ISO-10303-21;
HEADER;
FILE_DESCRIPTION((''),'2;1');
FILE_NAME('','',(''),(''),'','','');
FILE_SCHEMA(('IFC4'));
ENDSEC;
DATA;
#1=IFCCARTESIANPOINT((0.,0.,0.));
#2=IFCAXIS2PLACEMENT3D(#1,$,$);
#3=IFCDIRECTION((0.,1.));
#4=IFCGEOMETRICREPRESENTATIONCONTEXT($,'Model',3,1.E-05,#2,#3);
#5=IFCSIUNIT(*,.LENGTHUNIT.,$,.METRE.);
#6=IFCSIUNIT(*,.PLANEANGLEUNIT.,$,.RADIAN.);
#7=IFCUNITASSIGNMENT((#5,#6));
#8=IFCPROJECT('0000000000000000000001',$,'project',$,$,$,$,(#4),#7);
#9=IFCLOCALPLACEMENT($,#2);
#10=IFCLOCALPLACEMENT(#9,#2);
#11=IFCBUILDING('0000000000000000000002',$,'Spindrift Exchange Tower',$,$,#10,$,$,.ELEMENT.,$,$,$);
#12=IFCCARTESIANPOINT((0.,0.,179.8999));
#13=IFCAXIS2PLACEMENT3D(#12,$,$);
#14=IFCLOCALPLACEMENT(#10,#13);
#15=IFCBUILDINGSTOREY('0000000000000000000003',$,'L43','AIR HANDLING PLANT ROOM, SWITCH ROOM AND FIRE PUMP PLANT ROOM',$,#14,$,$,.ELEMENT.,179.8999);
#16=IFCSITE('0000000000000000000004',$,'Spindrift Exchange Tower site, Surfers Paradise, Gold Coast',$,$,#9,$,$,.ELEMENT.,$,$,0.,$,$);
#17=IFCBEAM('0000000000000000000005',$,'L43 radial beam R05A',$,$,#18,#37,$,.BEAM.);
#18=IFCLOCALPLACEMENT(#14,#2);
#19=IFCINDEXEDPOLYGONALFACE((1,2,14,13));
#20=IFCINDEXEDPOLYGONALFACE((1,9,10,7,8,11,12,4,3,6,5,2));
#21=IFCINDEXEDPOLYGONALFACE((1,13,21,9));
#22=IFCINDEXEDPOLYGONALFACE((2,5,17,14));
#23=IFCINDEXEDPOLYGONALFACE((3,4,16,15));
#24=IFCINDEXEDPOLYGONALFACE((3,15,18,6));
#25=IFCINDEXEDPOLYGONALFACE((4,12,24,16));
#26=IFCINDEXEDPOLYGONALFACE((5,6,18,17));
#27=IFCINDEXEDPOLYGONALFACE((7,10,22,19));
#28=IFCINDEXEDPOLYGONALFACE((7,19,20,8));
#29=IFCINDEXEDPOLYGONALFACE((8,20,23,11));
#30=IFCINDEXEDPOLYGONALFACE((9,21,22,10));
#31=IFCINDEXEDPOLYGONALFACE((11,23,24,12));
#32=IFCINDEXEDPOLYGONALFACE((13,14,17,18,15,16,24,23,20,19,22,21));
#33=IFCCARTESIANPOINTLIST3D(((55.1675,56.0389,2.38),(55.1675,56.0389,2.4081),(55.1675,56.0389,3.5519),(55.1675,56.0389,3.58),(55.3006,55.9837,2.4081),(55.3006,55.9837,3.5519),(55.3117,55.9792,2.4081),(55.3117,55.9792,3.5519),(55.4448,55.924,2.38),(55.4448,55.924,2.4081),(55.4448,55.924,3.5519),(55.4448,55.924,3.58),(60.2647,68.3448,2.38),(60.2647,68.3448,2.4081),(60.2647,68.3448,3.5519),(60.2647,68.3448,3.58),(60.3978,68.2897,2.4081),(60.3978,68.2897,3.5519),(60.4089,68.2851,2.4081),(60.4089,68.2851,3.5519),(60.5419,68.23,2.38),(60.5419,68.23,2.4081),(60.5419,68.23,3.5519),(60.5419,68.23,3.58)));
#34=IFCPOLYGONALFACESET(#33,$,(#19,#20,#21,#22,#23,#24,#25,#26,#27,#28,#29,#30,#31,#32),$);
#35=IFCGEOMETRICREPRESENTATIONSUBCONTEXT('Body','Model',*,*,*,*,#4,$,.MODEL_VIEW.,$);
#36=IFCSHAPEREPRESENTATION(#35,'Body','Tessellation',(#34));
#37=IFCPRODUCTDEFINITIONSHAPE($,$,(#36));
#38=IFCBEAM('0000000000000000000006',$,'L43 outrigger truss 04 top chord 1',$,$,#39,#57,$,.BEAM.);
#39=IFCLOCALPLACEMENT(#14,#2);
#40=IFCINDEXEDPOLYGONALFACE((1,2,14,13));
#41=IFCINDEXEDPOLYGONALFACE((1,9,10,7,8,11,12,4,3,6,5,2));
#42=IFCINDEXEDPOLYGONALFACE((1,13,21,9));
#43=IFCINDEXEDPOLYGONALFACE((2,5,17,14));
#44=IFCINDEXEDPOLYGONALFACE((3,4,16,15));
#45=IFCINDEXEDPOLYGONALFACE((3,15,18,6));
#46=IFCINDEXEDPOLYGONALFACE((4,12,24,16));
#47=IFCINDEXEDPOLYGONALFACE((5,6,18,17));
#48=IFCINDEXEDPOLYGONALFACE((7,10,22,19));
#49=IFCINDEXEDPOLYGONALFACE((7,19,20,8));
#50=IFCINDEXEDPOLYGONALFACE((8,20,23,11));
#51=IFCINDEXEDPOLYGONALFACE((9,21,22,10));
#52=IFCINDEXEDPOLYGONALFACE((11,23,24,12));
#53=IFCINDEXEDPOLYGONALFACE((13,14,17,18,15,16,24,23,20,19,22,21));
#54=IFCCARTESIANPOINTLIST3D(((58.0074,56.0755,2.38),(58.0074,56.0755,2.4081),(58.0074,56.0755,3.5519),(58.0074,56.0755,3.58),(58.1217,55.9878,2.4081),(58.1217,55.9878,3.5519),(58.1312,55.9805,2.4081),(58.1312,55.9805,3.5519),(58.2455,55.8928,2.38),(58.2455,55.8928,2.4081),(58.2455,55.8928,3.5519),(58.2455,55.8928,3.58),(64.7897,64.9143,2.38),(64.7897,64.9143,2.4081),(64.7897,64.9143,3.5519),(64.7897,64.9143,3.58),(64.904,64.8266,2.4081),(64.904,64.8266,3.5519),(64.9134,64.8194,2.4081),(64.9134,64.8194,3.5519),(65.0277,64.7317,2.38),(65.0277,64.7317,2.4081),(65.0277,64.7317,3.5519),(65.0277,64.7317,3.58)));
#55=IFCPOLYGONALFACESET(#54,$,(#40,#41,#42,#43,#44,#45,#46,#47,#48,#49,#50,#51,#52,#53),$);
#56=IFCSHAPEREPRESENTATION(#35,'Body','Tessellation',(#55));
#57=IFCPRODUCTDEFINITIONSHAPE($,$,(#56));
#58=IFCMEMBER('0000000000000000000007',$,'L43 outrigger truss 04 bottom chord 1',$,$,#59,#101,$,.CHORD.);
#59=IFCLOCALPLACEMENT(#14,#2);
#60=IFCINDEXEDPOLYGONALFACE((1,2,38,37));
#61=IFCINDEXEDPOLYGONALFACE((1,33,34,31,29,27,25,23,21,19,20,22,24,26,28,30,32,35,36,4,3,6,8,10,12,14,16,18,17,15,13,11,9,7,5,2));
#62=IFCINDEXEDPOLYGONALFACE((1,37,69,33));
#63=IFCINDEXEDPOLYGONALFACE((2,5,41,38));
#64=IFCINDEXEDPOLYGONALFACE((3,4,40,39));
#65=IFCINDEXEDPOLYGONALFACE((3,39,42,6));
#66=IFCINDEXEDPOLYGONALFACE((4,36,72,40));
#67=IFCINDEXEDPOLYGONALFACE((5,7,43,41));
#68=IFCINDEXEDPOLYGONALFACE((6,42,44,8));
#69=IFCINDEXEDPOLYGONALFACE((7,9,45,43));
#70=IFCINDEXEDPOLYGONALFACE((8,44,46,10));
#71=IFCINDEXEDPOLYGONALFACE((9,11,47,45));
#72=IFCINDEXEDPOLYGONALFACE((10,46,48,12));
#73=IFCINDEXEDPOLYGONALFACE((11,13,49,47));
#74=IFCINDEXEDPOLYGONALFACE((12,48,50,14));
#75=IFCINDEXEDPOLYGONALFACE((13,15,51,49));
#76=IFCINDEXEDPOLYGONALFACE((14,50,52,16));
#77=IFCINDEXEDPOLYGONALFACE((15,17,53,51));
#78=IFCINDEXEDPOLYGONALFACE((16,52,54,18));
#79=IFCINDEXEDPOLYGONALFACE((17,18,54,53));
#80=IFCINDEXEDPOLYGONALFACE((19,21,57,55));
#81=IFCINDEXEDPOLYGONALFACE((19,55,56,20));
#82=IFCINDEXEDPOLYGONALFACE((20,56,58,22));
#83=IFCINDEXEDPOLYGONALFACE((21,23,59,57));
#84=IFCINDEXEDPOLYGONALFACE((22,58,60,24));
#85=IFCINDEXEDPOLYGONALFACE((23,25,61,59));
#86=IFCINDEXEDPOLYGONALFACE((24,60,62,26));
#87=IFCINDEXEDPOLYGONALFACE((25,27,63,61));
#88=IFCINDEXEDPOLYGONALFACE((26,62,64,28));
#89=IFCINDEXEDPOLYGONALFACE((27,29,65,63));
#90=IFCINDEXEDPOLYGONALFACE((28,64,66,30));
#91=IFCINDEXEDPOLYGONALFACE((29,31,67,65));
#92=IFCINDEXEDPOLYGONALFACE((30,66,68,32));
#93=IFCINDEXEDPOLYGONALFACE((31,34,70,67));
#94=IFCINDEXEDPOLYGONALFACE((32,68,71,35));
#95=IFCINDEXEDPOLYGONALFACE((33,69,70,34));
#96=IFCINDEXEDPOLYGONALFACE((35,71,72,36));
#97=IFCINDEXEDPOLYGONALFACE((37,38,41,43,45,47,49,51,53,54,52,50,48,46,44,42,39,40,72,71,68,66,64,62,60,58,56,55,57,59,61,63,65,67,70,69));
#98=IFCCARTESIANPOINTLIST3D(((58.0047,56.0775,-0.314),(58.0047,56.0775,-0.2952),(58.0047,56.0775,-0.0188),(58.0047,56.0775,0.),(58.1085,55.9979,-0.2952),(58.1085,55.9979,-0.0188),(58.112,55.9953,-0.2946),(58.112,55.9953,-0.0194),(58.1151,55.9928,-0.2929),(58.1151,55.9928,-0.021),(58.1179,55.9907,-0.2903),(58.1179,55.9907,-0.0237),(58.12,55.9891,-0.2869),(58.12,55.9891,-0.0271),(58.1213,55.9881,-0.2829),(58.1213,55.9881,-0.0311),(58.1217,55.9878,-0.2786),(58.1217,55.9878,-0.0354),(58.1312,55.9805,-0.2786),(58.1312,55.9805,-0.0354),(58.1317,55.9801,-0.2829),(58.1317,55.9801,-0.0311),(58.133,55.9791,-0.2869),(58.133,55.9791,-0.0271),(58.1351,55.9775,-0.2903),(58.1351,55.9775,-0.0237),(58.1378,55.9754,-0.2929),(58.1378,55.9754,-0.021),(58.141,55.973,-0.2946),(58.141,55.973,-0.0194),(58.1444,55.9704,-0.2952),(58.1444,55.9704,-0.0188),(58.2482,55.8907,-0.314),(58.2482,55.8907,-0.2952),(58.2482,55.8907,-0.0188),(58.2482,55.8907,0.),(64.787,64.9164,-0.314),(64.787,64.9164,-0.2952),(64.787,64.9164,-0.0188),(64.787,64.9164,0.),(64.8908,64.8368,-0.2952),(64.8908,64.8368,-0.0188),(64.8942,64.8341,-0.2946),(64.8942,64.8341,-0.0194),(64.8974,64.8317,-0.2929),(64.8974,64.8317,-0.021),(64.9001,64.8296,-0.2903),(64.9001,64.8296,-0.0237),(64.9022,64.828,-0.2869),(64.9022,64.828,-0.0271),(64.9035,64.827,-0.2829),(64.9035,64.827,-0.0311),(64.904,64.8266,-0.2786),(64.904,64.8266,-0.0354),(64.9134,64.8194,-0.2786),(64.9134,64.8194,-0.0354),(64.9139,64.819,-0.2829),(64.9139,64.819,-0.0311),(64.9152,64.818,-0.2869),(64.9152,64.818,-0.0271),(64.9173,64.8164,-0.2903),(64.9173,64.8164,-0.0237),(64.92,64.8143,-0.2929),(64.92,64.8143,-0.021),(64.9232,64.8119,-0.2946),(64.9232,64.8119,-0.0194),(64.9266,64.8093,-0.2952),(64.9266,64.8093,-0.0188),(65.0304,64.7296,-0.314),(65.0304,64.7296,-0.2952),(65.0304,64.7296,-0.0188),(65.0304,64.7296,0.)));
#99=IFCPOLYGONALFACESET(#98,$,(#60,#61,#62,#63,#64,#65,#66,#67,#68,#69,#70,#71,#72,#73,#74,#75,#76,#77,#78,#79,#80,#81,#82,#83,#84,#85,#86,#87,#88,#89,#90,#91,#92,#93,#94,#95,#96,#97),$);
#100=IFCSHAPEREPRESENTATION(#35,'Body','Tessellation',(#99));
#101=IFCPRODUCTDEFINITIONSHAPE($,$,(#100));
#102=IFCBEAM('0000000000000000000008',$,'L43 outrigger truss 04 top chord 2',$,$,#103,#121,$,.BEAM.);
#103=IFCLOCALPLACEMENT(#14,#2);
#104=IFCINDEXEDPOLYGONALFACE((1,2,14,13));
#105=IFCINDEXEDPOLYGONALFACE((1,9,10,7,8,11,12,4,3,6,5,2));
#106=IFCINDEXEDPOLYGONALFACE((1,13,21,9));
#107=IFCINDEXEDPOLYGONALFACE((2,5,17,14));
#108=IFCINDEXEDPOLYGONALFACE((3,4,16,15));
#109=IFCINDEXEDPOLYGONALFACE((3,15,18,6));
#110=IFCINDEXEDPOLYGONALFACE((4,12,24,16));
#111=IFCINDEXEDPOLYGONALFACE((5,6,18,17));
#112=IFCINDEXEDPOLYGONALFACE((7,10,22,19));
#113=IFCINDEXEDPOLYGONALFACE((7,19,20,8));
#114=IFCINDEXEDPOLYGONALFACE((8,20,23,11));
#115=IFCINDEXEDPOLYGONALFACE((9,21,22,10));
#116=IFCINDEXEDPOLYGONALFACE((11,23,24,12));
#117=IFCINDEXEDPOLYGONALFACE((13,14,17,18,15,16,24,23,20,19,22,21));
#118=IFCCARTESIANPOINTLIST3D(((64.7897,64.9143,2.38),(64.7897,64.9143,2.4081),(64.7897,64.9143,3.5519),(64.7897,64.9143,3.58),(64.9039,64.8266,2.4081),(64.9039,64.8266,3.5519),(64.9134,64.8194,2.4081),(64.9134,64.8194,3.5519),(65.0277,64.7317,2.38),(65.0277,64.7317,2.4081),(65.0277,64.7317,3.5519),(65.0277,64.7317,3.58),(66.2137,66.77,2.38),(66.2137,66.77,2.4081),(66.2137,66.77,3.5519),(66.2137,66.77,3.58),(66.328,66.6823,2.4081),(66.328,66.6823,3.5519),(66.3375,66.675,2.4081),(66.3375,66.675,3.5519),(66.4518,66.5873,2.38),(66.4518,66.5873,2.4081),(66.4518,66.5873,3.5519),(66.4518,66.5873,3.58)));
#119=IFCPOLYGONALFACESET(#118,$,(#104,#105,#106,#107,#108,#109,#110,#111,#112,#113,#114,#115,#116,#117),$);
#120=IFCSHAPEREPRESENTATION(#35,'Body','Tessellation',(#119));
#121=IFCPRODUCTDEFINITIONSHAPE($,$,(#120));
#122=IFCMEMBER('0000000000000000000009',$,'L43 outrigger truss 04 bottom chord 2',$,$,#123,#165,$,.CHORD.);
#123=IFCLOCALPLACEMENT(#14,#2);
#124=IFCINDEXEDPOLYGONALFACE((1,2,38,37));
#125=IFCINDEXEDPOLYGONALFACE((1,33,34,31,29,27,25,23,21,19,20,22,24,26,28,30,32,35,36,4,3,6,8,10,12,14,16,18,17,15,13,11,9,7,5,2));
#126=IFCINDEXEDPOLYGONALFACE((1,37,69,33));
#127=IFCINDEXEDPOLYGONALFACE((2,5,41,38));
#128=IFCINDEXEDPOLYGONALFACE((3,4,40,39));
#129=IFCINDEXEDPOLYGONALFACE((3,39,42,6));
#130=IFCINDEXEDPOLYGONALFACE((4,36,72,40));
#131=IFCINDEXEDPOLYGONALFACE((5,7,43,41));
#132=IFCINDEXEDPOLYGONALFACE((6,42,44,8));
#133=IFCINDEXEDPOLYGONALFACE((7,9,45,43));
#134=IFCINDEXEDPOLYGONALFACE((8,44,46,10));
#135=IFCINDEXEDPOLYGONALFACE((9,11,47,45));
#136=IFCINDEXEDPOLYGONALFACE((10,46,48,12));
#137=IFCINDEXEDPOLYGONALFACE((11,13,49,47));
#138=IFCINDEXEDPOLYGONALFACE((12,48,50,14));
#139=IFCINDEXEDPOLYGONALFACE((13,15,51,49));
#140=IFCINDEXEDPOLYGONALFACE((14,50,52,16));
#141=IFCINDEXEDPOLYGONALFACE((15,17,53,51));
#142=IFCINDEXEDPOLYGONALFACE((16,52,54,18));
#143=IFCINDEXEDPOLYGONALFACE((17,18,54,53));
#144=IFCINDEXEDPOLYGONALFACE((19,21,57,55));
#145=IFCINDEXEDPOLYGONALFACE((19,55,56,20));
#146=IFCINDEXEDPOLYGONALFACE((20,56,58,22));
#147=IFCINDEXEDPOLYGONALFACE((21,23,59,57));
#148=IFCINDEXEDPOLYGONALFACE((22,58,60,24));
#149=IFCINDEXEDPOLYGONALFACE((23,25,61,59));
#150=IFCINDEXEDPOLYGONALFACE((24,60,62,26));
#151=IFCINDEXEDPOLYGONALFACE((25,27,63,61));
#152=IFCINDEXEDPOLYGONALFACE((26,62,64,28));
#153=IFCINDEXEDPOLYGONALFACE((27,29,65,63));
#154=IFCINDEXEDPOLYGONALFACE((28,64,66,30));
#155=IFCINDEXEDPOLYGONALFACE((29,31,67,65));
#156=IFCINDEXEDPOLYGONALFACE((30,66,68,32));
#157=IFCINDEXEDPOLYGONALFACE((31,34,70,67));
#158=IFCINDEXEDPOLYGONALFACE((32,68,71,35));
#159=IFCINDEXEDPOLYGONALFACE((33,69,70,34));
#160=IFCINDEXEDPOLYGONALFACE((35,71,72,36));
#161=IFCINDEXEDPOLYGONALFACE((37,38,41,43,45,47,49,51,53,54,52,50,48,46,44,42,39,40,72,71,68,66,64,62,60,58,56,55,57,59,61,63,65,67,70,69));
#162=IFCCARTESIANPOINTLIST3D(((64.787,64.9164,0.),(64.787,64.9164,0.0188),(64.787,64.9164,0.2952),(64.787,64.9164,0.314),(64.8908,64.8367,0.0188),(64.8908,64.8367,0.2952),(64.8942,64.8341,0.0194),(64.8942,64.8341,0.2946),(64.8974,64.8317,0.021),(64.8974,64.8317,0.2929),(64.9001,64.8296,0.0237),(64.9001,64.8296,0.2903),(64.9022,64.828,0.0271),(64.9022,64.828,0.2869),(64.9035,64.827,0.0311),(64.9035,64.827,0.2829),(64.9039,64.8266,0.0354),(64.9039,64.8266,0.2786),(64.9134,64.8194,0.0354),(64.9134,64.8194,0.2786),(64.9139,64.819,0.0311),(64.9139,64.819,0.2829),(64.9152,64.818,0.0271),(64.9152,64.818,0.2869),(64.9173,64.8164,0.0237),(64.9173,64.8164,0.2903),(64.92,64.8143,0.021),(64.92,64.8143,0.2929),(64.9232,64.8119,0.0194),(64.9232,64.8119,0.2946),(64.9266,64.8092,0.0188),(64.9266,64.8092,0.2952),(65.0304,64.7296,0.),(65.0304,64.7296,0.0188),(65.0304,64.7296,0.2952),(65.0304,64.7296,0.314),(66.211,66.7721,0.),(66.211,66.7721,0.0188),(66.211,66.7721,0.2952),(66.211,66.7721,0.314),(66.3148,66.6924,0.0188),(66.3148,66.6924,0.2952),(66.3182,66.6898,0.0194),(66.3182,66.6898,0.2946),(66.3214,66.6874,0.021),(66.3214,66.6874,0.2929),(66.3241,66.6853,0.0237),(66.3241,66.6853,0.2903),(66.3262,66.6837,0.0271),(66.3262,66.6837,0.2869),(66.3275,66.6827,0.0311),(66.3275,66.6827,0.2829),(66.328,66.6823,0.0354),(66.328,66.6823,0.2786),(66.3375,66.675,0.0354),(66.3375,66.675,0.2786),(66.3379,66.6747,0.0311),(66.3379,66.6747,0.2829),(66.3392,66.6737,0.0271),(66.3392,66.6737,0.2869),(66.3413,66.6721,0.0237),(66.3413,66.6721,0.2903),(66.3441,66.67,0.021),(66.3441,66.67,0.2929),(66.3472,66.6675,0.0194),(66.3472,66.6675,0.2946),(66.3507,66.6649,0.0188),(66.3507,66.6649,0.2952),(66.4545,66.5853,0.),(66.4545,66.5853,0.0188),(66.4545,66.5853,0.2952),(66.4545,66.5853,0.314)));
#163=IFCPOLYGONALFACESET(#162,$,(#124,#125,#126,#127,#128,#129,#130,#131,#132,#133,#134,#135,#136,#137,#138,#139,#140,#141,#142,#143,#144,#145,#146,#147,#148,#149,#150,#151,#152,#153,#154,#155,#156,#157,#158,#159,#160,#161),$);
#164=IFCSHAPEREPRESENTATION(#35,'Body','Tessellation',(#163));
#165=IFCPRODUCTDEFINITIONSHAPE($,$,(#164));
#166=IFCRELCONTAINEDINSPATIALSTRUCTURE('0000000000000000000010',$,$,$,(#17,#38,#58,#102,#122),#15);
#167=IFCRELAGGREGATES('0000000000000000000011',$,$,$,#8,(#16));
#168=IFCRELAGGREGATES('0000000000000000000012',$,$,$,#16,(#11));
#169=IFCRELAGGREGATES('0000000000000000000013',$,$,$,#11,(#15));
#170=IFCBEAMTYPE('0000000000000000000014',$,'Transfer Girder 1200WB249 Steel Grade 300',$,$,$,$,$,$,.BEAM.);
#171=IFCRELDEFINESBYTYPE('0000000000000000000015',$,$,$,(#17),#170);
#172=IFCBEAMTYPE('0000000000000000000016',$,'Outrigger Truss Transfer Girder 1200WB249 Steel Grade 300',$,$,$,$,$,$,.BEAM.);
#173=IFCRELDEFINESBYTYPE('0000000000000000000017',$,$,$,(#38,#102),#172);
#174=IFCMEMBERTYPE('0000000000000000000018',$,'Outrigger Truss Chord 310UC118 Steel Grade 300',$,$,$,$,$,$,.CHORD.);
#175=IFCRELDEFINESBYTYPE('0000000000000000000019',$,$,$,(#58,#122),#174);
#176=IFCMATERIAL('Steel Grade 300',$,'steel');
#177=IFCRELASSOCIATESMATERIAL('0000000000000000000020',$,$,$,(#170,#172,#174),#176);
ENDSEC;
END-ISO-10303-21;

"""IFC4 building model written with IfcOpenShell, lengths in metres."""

from ifc_helpers import new_model, si_unit, direction, frame, origin, origin_2d, place, context, subcontext, project, spatial, i_section, extrude, source, transform, mapped, material, material_profile, profile_set, type_object, element, save


model = new_model("IFC4")

# Units and contexts
model_context = context("Model", 3, precision=1e-05, world=origin(), true_north=direction((0.0, 1.0)))
body_context = subcontext(model_context, "Body", "Model", "MODEL_VIEW")
ifc_project = project(units=[si_unit("LENGTHUNIT", "METRE"), si_unit("PLANEANGLEUNIT", "RADIAN")], contexts=[model_context])

# Site, building, storey
site_placement = place(None, origin())
site = spatial("IfcSite", under=ifc_project, at=site_placement, Name="Spindrift Exchange Tower site, Surfers Paradise, Gold Coast", CompositionType="ELEMENT", RefElevation=0.0)
building_placement = place(site_placement, origin())
building = spatial("IfcBuilding", under=site, at=building_placement, Name="Spindrift Exchange Tower", CompositionType="ELEMENT")
storey_placement = place(building_placement, frame((0.0, 0.0, 179.8999)))
storey = spatial("IfcBuildingStorey", under=building, at=storey_placement, Name="L43", Description="AIR HANDLING PLANT ROOM, SWITCH ROOM AND FIRE PUMP PLANT ROOM", CompositionType="ELEMENT", Elevation=179.8999)

# Beams
ifc_material_1 = material(Name="Steel Grade 300", Category="steel")
ifc_material_profile_1 = material_profile(ifc_material_1, i_section(OverallWidth=0.3, OverallDepth=1.2, WebThickness=0.012, FlangeThickness=0.0281, at=origin_2d()), Name="1200WB249")
ifc_profile_set_1 = profile_set([ifc_material_profile_1], Name="Steel Grade 300")
beam_type_1 = type_object("IfcBeamType", Name="Transfer Girder 1200WB249 Steel Grade 300", PredefinedType="BEAM", material=ifc_profile_set_1)
shared_shape_1 = source(origin(), body_context, "Body", "SweptSolid", [
    extrude(i_section(OverallWidth=0.3, OverallDepth=1.2, WebThickness=0.012, FlangeThickness=0.0281, at=origin_2d()), origin(), (0.0, 0.0, 1.0), 13.3198),
])
beam_1_placement = place(storey_placement, frame((55.3062, 55.9814, 2.98), z_axis=(0.382677, 0.923882, 0.0), x_axis=(-0.923882, 0.382677, 0.0)))
element("IfcBeam", 1, at=beam_1_placement, inside=storey, type_object=beam_type_1, Name="L43 radial beam R05A", PredefinedType="BEAM", context=body_context, shape_type="MappedRepresentation", body=[
    mapped(shared_shape_1, transform((0.0, 0.0, 0.0), scale=1.0)),
])
ifc_material_profile_2 = material_profile(ifc_material_1, i_section(OverallWidth=0.3, OverallDepth=1.2, WebThickness=0.012, FlangeThickness=0.0281, at=origin_2d()), Name="1200WB249")
ifc_profile_set_2 = profile_set([ifc_material_profile_2], Name="Steel Grade 300")
beam_type_2 = type_object("IfcBeamType", Name="Outrigger Truss Transfer Girder 1200WB249 Steel Grade 300", PredefinedType="BEAM", material=ifc_profile_set_2)
shared_shape_2 = source(origin(), body_context, "Body", "SweptSolid", [
    extrude(i_section(OverallWidth=0.3, OverallDepth=1.2, WebThickness=0.012, FlangeThickness=0.0281, at=origin_2d()), origin(), (0.0, 0.0, 1.0), 11.1411),
])
beam_2_placement = place(storey_placement, frame((58.1265, 55.9841, 2.98), z_axis=(0.608757, 0.793357, 0.0), x_axis=(-0.793357, 0.608757, 0.0)))
element("IfcBeam", 2, at=beam_2_placement, inside=storey, type_object=beam_type_2, Name="L43 outrigger truss 04 top chord 1", PredefinedType="BEAM", context=body_context, shape_type="MappedRepresentation", body=[
    mapped(shared_shape_2, transform((0.0, 0.0, 0.0), scale=1.0)),
])

# Member
ifc_material_profile_3 = material_profile(ifc_material_1, i_section(OverallWidth=0.3069, OverallDepth=0.314, WebThickness=0.012, FlangeThickness=0.0188, FilletRadius=0.0166, at=origin_2d()), Name="310UC118")
ifc_profile_set_3 = profile_set([ifc_material_profile_3], Name="Steel Grade 300")
member_type_1 = type_object("IfcMemberType", Name="Outrigger Truss Chord 310UC118 Steel Grade 300", PredefinedType="CHORD", material=ifc_profile_set_3)
shared_shape_3 = source(origin(), body_context, "Body", "SweptSolid", [
    extrude(i_section(OverallWidth=0.3069, OverallDepth=0.314, WebThickness=0.012, FlangeThickness=0.0188, FilletRadius=0.0166, at=origin_2d()), origin(), (0.0, 0.0, 1.0), 11.1411),
])
member_1_placement = place(storey_placement, frame((58.1265, 55.9841, -0.157), z_axis=(0.608757, 0.793357, 0.0), x_axis=(-0.793357, 0.608757, 0.0)))
element("IfcMember", 3, at=member_1_placement, inside=storey, type_object=member_type_1, Name="L43 outrigger truss 04 bottom chord 1", PredefinedType="CHORD", context=body_context, shape_type="MappedRepresentation", body=[
    mapped(shared_shape_3, transform((0.0, 0.0, 0.0), scale=1.0)),
])

# Beam
shared_shape_4 = source(origin(), body_context, "Body", "SweptSolid", [
    extrude(i_section(OverallWidth=0.3, OverallDepth=1.2, WebThickness=0.012, FlangeThickness=0.0281, at=origin_2d()), origin(), (0.0, 0.0, 1.0), 2.3391),
])
beam_3_placement = place(storey_placement, frame((64.9087, 64.823, 2.98), z_axis=(0.608797, 0.793326, 0.0), x_axis=(-0.793326, 0.608797, 0.0)))
element("IfcBeam", 4, at=beam_3_placement, inside=storey, type_object=beam_type_2, Name="L43 outrigger truss 04 top chord 2", PredefinedType="BEAM", context=body_context, shape_type="MappedRepresentation", body=[
    mapped(shared_shape_4, transform((0.0, 0.0, 0.0), scale=1.0)),
])

# Member
shared_shape_5 = source(origin(), body_context, "Body", "SweptSolid", [
    extrude(i_section(OverallWidth=0.3069, OverallDepth=0.314, WebThickness=0.012, FlangeThickness=0.0188, FilletRadius=0.0166, at=origin_2d()), origin(), (0.0, 0.0, 1.0), 2.3391),
])
member_2_placement = place(storey_placement, frame((64.9087, 64.823, 0.157), z_axis=(0.608797, 0.793326, 0.0), x_axis=(-0.793326, 0.608797, 0.0)))
element("IfcMember", 5, at=member_2_placement, inside=storey, type_object=member_type_1, Name="L43 outrigger truss 04 bottom chord 2", PredefinedType="CHORD", context=body_context, shape_type="MappedRepresentation", body=[
    mapped(shared_shape_5, transform((0.0, 0.0, 0.0), scale=1.0)),
])

save(model, "model.ifc")
